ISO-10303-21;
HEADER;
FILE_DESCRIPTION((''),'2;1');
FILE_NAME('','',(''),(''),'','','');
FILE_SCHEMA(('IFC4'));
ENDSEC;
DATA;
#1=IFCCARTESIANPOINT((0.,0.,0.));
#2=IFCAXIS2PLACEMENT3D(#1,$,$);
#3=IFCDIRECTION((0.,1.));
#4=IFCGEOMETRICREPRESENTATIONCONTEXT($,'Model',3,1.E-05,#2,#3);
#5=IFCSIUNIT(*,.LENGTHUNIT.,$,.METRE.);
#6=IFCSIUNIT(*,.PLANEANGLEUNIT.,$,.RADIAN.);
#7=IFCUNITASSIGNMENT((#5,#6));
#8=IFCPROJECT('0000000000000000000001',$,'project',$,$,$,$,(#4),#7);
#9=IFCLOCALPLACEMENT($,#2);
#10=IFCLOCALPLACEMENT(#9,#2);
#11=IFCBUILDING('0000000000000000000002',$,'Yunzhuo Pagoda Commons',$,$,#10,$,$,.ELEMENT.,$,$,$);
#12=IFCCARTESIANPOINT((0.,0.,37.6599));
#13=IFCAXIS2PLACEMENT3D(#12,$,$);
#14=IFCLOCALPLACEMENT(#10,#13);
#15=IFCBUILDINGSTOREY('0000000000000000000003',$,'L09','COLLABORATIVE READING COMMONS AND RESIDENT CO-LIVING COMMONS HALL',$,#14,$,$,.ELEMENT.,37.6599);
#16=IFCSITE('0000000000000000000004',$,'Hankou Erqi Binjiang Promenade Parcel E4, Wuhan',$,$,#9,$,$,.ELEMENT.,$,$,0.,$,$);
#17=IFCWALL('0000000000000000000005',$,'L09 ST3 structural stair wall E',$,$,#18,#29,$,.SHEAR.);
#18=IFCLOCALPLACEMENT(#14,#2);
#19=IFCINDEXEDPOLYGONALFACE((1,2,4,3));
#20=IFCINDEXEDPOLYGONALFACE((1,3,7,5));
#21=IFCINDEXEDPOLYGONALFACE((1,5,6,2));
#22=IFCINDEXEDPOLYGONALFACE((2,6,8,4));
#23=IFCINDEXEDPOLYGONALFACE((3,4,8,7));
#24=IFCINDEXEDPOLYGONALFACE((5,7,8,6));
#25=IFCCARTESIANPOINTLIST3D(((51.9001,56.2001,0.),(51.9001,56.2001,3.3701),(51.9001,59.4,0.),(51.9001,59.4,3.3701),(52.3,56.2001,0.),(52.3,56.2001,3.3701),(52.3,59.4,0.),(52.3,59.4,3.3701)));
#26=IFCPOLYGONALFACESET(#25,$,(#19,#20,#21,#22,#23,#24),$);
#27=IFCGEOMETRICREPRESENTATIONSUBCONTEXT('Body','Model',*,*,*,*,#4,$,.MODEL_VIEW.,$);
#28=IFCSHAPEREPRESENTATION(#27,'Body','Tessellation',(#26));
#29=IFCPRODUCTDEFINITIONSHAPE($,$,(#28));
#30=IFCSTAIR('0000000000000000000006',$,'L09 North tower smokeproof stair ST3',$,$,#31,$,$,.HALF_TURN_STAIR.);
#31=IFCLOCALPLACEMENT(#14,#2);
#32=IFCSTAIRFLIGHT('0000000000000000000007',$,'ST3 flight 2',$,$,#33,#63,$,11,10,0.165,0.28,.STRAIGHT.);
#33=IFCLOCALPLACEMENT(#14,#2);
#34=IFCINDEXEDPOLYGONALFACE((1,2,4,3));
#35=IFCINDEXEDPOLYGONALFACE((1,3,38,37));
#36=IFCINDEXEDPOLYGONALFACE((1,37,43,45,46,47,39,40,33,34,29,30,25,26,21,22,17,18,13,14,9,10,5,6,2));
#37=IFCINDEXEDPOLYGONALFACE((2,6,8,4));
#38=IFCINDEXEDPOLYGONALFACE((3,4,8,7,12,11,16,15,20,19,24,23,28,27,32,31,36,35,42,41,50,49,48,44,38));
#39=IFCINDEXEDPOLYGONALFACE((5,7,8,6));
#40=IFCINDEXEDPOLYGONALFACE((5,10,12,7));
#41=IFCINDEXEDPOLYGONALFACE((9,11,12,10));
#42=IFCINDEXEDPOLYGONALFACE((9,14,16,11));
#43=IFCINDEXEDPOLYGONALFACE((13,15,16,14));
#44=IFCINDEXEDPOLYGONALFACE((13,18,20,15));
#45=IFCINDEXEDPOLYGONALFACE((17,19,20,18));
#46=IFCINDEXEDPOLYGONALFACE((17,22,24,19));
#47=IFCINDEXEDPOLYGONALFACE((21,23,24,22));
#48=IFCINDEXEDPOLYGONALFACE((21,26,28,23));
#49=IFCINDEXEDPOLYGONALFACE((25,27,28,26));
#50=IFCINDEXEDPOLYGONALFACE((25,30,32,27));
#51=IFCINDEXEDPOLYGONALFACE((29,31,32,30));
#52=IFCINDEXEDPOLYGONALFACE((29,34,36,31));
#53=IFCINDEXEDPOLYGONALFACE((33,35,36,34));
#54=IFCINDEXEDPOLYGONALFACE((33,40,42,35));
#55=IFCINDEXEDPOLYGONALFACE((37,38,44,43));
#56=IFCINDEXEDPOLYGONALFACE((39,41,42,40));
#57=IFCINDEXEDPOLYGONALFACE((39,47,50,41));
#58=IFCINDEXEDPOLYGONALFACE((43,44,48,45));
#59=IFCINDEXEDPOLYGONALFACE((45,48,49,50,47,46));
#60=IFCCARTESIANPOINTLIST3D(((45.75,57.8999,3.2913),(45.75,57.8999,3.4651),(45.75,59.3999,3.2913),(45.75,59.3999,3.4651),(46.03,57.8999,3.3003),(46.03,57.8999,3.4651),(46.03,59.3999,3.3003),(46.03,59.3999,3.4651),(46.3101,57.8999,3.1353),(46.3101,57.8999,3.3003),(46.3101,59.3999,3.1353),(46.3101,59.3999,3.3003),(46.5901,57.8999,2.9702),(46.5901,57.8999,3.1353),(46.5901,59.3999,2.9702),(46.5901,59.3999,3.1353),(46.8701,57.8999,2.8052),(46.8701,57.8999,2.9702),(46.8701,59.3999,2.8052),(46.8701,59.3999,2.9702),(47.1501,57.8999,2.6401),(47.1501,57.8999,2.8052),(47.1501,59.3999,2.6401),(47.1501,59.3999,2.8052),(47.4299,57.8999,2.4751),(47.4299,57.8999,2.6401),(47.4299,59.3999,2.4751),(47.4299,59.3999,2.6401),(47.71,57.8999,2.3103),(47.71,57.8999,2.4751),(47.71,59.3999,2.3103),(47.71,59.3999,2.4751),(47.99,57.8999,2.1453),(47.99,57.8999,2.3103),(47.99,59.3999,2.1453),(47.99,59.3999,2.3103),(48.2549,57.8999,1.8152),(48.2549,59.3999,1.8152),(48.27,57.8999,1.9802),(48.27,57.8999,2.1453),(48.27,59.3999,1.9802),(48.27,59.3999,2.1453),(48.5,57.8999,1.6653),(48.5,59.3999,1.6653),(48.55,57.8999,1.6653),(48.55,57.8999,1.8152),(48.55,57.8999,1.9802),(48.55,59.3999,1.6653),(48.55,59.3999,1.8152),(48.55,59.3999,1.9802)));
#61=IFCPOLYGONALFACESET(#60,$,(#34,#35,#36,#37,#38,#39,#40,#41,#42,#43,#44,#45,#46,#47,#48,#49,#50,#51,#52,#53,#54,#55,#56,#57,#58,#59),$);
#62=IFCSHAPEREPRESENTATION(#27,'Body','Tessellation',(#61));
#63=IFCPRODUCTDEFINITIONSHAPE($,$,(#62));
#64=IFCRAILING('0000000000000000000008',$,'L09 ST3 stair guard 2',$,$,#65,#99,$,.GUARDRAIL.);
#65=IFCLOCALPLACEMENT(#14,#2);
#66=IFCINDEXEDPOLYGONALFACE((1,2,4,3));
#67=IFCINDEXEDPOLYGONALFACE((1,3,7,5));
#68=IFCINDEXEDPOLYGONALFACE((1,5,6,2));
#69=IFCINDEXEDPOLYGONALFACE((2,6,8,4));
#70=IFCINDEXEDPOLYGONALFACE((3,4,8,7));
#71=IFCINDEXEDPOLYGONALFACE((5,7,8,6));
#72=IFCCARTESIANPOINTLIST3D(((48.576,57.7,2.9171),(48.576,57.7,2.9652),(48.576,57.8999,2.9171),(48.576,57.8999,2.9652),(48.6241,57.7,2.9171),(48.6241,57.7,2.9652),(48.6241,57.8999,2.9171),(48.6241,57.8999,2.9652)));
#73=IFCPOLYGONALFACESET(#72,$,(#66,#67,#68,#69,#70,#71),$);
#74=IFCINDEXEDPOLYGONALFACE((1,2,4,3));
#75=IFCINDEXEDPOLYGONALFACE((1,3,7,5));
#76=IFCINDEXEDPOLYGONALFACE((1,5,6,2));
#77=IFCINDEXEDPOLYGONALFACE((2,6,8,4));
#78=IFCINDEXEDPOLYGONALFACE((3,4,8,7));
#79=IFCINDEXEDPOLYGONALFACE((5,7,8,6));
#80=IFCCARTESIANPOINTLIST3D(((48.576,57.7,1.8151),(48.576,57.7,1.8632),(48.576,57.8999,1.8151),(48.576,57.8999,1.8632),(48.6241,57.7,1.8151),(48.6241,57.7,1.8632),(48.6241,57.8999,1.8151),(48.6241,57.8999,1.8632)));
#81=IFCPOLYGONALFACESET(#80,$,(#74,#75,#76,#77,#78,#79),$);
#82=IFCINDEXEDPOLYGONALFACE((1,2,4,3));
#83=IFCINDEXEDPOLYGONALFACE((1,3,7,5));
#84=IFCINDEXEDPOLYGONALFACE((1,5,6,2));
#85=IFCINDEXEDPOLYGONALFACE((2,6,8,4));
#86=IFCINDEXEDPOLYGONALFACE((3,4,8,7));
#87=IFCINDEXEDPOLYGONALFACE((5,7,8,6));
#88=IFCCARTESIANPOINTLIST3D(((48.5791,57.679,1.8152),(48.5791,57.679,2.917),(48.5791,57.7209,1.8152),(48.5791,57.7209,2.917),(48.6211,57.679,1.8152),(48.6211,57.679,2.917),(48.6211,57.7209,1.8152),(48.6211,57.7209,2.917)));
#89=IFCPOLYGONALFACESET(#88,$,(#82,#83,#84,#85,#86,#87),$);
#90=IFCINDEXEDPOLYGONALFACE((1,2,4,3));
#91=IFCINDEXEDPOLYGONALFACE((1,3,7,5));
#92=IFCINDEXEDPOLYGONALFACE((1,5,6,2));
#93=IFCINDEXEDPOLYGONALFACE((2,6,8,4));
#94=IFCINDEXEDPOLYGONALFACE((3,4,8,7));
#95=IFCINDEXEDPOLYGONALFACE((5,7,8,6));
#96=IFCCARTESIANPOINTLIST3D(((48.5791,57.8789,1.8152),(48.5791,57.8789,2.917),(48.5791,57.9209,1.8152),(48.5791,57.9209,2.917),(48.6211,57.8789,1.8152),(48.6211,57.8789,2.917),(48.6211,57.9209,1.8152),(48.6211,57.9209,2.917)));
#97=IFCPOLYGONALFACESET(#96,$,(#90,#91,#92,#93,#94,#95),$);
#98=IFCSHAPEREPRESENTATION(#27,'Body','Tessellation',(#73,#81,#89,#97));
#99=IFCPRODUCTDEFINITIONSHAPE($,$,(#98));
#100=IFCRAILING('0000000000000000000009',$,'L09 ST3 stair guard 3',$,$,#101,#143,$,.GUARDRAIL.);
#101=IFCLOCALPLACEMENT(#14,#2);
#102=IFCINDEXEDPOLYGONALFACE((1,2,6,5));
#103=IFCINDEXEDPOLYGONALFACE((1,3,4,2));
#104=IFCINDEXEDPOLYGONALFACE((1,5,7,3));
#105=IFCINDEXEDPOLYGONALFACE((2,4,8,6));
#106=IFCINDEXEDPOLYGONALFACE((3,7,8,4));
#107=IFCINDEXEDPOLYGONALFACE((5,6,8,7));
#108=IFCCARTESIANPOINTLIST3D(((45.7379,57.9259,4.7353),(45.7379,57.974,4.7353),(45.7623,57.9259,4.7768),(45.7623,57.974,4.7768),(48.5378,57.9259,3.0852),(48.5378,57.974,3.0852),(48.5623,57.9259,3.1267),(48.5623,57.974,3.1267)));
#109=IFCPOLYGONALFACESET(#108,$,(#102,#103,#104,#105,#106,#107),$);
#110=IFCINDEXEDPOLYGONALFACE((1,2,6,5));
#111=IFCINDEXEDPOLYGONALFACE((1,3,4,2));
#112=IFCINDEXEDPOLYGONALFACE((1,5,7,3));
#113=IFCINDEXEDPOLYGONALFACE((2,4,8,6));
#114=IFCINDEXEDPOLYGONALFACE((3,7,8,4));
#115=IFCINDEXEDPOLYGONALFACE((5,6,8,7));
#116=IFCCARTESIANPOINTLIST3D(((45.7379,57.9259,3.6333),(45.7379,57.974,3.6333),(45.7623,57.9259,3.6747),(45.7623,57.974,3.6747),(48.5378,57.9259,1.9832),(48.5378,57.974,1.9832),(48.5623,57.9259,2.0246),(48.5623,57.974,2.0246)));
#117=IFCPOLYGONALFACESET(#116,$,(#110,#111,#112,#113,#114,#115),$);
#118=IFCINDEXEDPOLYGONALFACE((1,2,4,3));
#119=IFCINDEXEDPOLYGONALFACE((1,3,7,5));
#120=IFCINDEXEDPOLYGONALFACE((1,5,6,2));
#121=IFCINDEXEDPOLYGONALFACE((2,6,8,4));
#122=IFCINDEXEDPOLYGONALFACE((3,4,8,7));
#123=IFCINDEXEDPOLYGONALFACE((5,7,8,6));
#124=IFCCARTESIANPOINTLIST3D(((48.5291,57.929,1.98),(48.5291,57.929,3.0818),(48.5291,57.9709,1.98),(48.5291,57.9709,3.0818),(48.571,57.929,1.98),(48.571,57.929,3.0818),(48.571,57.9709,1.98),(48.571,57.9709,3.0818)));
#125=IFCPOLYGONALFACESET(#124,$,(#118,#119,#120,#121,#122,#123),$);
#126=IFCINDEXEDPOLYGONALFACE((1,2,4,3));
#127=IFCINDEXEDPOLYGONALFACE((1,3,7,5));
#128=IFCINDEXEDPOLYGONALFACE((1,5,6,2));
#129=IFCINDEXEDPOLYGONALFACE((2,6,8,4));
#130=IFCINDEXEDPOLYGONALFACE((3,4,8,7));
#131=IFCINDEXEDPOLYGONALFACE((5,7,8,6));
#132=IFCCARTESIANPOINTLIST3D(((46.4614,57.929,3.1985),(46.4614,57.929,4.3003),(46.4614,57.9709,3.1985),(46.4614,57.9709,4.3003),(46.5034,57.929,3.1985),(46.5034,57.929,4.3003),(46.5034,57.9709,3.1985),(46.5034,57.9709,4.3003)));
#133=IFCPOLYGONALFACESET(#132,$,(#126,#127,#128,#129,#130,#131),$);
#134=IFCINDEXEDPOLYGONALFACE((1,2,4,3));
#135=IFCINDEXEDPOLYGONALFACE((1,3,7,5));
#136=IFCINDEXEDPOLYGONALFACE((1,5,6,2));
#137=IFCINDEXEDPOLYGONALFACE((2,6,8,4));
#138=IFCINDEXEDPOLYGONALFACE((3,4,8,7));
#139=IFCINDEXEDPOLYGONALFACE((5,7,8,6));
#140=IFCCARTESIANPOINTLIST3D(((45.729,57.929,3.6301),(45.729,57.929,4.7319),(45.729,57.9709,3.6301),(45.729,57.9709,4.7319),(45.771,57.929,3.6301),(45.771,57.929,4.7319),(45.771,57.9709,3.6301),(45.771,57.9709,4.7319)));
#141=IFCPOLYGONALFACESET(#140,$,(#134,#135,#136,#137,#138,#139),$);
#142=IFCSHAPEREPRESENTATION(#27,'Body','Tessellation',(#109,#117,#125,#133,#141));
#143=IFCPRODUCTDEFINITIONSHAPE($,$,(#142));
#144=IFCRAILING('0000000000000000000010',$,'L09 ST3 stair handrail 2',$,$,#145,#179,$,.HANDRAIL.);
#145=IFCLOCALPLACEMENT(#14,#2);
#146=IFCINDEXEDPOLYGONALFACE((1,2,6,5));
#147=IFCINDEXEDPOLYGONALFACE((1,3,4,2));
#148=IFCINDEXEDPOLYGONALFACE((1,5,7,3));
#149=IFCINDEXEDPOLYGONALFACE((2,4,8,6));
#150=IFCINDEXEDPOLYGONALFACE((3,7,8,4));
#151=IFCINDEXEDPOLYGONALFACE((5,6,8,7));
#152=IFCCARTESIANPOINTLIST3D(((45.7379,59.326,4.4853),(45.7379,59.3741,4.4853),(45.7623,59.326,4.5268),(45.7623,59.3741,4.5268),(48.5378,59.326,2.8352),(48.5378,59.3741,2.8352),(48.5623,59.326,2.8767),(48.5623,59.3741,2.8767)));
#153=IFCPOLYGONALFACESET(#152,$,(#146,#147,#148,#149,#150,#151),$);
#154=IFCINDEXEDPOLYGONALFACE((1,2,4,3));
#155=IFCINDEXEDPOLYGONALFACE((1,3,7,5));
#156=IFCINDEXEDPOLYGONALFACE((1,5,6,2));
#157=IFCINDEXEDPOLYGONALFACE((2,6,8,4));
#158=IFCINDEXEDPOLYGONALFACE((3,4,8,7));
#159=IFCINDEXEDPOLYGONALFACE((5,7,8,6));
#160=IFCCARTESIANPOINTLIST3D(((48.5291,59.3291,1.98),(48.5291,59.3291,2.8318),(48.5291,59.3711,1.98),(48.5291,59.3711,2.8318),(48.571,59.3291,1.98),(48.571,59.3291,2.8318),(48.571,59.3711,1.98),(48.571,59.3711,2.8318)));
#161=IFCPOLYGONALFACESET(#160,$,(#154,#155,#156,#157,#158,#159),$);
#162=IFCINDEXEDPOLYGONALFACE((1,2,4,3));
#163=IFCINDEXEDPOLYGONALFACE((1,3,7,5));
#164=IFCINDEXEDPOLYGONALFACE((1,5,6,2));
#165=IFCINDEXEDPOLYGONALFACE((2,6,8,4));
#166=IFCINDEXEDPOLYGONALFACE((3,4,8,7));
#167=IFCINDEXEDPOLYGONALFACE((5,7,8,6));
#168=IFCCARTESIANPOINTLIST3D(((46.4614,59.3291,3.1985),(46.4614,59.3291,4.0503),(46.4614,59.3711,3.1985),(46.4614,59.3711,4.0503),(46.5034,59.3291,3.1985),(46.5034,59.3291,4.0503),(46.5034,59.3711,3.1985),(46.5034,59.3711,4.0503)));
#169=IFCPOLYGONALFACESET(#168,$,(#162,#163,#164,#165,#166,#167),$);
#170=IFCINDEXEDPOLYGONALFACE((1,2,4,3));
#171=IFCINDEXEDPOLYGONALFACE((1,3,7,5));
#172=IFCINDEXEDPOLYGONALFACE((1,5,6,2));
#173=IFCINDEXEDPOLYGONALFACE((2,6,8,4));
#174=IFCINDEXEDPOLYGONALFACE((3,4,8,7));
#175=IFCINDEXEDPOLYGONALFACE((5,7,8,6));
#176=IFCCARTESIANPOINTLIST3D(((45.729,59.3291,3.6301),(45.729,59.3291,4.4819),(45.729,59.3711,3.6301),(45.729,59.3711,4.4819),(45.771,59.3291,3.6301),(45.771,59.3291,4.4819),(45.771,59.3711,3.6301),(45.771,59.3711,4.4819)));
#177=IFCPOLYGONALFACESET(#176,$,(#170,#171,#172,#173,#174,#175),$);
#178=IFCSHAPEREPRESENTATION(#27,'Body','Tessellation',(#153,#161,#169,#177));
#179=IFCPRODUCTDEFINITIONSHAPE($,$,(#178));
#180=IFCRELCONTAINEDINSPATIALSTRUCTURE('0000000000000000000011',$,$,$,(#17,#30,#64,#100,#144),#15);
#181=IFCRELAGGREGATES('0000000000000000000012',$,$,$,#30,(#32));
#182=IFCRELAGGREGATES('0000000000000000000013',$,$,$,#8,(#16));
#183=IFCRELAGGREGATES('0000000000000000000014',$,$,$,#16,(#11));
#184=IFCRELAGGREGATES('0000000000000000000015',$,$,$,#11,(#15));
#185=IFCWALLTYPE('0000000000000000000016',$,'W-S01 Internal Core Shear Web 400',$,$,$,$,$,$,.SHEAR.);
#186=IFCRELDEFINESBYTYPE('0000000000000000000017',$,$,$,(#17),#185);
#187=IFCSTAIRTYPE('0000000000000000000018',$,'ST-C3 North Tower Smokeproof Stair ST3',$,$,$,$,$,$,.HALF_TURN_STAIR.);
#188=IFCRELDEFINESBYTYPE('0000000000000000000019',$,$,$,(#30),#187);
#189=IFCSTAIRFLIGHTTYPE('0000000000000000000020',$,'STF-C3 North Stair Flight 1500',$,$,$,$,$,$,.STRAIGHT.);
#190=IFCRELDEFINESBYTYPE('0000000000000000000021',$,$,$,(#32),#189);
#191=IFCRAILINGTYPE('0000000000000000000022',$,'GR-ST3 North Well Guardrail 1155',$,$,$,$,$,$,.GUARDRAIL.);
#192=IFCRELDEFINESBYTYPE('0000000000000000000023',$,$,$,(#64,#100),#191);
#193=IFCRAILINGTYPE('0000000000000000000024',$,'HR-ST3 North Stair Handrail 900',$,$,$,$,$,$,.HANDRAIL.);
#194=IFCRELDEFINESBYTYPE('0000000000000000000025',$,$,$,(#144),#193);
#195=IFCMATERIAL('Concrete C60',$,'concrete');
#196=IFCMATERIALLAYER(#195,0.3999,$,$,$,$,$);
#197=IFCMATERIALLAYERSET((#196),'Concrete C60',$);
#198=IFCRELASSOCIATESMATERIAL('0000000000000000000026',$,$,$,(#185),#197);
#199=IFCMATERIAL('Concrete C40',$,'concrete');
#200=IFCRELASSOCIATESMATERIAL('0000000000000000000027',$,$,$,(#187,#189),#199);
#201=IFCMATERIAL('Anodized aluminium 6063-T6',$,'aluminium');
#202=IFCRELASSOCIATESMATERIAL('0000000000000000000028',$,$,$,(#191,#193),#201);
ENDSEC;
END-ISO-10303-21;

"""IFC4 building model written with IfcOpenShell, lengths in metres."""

from ifc_helpers import new_model, si_unit, direction, frame, frame_2d, origin, origin_2d, place, context, subcontext, project, spatial, polyline, rectangle, outline, extrude, source, transform, mapped, material, layer, layer_set, type_object, element, aggregate, save


model = new_model("IFC4")

# Units and contexts
model_context = context("Model", 3, precision=1e-05, world=origin(), true_north=direction((0.0, 1.0)))
body_context = subcontext(model_context, "Body", "Model", "MODEL_VIEW")
ifc_project = project(units=[si_unit("LENGTHUNIT", "METRE"), si_unit("PLANEANGLEUNIT", "RADIAN")], contexts=[model_context])

# Site, building, storey
site_placement = place(None, origin())
site = spatial("IfcSite", under=ifc_project, at=site_placement, Name="Hankou Erqi Binjiang Promenade Parcel E4, Wuhan", CompositionType="ELEMENT", RefElevation=0.0)
building_placement = place(site_placement, origin())
building = spatial("IfcBuilding", under=site, at=building_placement, Name="Yunzhuo Pagoda Commons", CompositionType="ELEMENT")
storey_placement = place(building_placement, frame((0.0, 0.0, 37.6599)))
storey = spatial("IfcBuildingStorey", under=building, at=storey_placement, Name="L09", Description="COLLABORATIVE READING COMMONS AND RESIDENT CO-LIVING COMMONS HALL", CompositionType="ELEMENT", Elevation=37.6599)

# Shared definitions
ifc_material_1 = material(Name="Anodized aluminium 6063-T6", Category="aluminium")

# Wall
ifc_material_2 = material(Name="Concrete C60", Category="concrete")
ifc_layer_1 = layer(ifc_material_2, 0.3999)
ifc_layer_set_1 = layer_set([ifc_layer_1], Name="Concrete C60")
wall_type_1 = type_object("IfcWallType", Name="W-S01 Internal Core Shear Web 400", PredefinedType="SHEAR", material=ifc_layer_set_1)
wall_1_placement = place(storey_placement, frame((52.1001, 56.2, 0.0), z_axis=(0.0, 0.0, 1.0), x_axis=(0.0, 1.0, 0.0)))
element("IfcWall", 1, at=wall_1_placement, inside=storey, type_object=wall_type_1, Name="L09 ST3 structural stair wall E", PredefinedType="SHEAR", context=body_context, shape_type="SweptSolid", body=[
    extrude(rectangle(XDim=3.2, YDim=0.3999, at=frame_2d((1.6001, 0.0))), origin(), (0.0, 0.0, 1.0), 3.3701),
])

# Stair, stair flight
ifc_material_3 = material(Name="Concrete C40", Category="concrete")
stair_type = type_object("IfcStairType", Name="ST-C3 North Tower Smokeproof Stair ST3", PredefinedType="HALF_TURN_STAIR", material=ifc_material_3)
stair_placement = place(storey_placement, origin())
stair = element("IfcStair", 2, at=stair_placement, inside=storey, type_object=stair_type, Name="L09 North tower smokeproof stair ST3", PredefinedType="HALF_TURN_STAIR")
stair_flight_type = type_object("IfcStairFlightType", Name="STF-C3 North Stair Flight 1500", PredefinedType="STRAIGHT", material=ifc_material_3)
shared_shape_1 = source(origin(), body_context, "Body", "SweptSolid", [
    extrude(outline(polyline([(0.0, -0.1499), (0.0, 0.0), (0.0, 0.165), (0.28, 0.165), (0.28, 0.3301), (0.5601, 0.3301), (0.5601, 0.4951), (0.8401, 0.4951), (0.8401, 0.6599), (1.1201, 0.6599), (1.1201, 0.825), (1.3999, 0.825), (1.3999, 0.99), (1.6799, 0.99), (1.6799, 1.155), (1.96, 1.155), (1.96, 1.3201), (2.24, 1.3201), (2.24, 1.4851), (2.52, 1.4851), (2.52, 1.6499), (2.8, 1.6499), (2.8, 1.8149), (2.8, 1.4761), (0.2952, 0.0), (0.05, -0.1499), (0.0, -0.1499)])), frame((0.0, 0.75, 0.0), z_axis=(0.0, -1.0, 0.0), x_axis=(1.0, 0.0, 0.0)), (0.0, 0.0, 1.0), 1.5),
])
stair_flight_placement = place(storey_placement, frame((48.55, 58.6499, 1.8152), z_axis=(0.0, 0.0, 1.0), x_axis=(-1.0, 0.0, 0.0)))
stair_flight = element("IfcStairFlight", 3, at=stair_flight_placement, type_object=stair_flight_type, Name="ST3 flight 2", NumberOfRisers=11, NumberOfTreads=10, PredefinedType="STRAIGHT", RiserHeight=0.165, TreadLength=0.28, context=body_context, shape_type="MappedRepresentation", body=[
    mapped(shared_shape_1, transform((0.0, 0.0, 0.0), scale=1.0)),
])
aggregate(stair, [stair_flight])

# Railings
railing_type_1 = type_object("IfcRailingType", Name="GR-ST3 North Well Guardrail 1155", PredefinedType="GUARDRAIL", material=ifc_material_1)
railing_1_placement = place(storey_placement, frame((48.6001, 57.7, 1.8152)))
element("IfcRailing", 4, at=railing_1_placement, inside=storey, type_object=railing_type_1, Name="L09 ST3 stair guard 2", PredefinedType="GUARDRAIL", context=body_context, shape_type="SweptSolid", body=[
    extrude(rectangle(XDim=0.0481, YDim=0.0481, at=origin_2d()), frame((0.0, 0.0, 1.126), z_axis=(0.0, 1.0, 0.0), x_axis=(-1.0, 0.0, 0.0)), (0.0, 0.0, 1.0), 0.2),
    extrude(rectangle(XDim=0.0481, YDim=0.0481, at=origin_2d()), frame((0.0, 0.0, 0.0239), z_axis=(0.0, 1.0, 0.0), x_axis=(-1.0, 0.0, 0.0)), (0.0, 0.0, 1.0), 0.2),
    extrude(rectangle(XDim=0.042, YDim=0.042, at=origin_2d()), origin(), (0.0, 0.0, 1.0), 1.1018),
    extrude(rectangle(XDim=0.042, YDim=0.042, at=origin_2d()), frame((0.0, 0.2, 0.0)), (0.0, 0.0, 1.0), 1.1018),
])
railing_2_placement = place(storey_placement, frame((48.55, 57.95, 1.98)))
element("IfcRailing", 5, at=railing_2_placement, inside=storey, type_object=railing_type_1, Name="L09 ST3 stair guard 3", PredefinedType="GUARDRAIL", context=body_context, shape_type="SweptSolid", body=[
    extrude(rectangle(XDim=0.0481, YDim=0.0481, at=origin_2d()), frame((0.0, 0.0, 1.126), z_axis=(-0.861523, 0.0, 0.507719), x_axis=(0.0, -1.0, 0.0)), (0.0, 0.0, 1.0), 3.25),
    extrude(rectangle(XDim=0.0481, YDim=0.0481, at=origin_2d()), frame((0.0, 0.0, 0.0239), z_axis=(-0.861523, 0.0, 0.507719), x_axis=(0.0, -1.0, 0.0)), (0.0, 0.0, 1.0), 3.25),
    extrude(rectangle(XDim=0.042, YDim=0.042, at=origin_2d()), origin(), (0.0, 0.0, 1.0), 1.1018),
    extrude(rectangle(XDim=0.042, YDim=0.042, at=origin_2d()), frame((-2.0676, 0.0, 1.2185)), (0.0, 0.0, 1.0), 1.1018),
    extrude(rectangle(XDim=0.042, YDim=0.042, at=origin_2d()), frame((-2.8, 0.0, 1.6501)), (0.0, 0.0, 1.0), 1.1018),
])
railing_type_2 = type_object("IfcRailingType", Name="HR-ST3 North Stair Handrail 900", PredefinedType="HANDRAIL", material=ifc_material_1)
railing_3_placement = place(storey_placement, frame((48.55, 59.3501, 1.98)))
element("IfcRailing", 6, at=railing_3_placement, inside=storey, type_object=railing_type_2, Name="L09 ST3 stair handrail 2", PredefinedType="HANDRAIL", context=body_context, shape_type="SweptSolid", body=[
    extrude(rectangle(XDim=0.0481, YDim=0.0481, at=origin_2d()), frame((0.0, 0.0, 0.876), z_axis=(-0.861523, 0.0, 0.507719), x_axis=(0.0, -1.0, 0.0)), (0.0, 0.0, 1.0), 3.25),
    extrude(rectangle(XDim=0.042, YDim=0.042, at=origin_2d()), origin(), (0.0, 0.0, 1.0), 0.8518),
    extrude(rectangle(XDim=0.042, YDim=0.042, at=origin_2d()), frame((-2.0676, 0.0, 1.2185)), (0.0, 0.0, 1.0), 0.8518),
    extrude(rectangle(XDim=0.042, YDim=0.042, at=origin_2d()), frame((-2.8, 0.0, 1.6501)), (0.0, 0.0, 1.0), 0.8518),
])

save(model, "model.ifc")
